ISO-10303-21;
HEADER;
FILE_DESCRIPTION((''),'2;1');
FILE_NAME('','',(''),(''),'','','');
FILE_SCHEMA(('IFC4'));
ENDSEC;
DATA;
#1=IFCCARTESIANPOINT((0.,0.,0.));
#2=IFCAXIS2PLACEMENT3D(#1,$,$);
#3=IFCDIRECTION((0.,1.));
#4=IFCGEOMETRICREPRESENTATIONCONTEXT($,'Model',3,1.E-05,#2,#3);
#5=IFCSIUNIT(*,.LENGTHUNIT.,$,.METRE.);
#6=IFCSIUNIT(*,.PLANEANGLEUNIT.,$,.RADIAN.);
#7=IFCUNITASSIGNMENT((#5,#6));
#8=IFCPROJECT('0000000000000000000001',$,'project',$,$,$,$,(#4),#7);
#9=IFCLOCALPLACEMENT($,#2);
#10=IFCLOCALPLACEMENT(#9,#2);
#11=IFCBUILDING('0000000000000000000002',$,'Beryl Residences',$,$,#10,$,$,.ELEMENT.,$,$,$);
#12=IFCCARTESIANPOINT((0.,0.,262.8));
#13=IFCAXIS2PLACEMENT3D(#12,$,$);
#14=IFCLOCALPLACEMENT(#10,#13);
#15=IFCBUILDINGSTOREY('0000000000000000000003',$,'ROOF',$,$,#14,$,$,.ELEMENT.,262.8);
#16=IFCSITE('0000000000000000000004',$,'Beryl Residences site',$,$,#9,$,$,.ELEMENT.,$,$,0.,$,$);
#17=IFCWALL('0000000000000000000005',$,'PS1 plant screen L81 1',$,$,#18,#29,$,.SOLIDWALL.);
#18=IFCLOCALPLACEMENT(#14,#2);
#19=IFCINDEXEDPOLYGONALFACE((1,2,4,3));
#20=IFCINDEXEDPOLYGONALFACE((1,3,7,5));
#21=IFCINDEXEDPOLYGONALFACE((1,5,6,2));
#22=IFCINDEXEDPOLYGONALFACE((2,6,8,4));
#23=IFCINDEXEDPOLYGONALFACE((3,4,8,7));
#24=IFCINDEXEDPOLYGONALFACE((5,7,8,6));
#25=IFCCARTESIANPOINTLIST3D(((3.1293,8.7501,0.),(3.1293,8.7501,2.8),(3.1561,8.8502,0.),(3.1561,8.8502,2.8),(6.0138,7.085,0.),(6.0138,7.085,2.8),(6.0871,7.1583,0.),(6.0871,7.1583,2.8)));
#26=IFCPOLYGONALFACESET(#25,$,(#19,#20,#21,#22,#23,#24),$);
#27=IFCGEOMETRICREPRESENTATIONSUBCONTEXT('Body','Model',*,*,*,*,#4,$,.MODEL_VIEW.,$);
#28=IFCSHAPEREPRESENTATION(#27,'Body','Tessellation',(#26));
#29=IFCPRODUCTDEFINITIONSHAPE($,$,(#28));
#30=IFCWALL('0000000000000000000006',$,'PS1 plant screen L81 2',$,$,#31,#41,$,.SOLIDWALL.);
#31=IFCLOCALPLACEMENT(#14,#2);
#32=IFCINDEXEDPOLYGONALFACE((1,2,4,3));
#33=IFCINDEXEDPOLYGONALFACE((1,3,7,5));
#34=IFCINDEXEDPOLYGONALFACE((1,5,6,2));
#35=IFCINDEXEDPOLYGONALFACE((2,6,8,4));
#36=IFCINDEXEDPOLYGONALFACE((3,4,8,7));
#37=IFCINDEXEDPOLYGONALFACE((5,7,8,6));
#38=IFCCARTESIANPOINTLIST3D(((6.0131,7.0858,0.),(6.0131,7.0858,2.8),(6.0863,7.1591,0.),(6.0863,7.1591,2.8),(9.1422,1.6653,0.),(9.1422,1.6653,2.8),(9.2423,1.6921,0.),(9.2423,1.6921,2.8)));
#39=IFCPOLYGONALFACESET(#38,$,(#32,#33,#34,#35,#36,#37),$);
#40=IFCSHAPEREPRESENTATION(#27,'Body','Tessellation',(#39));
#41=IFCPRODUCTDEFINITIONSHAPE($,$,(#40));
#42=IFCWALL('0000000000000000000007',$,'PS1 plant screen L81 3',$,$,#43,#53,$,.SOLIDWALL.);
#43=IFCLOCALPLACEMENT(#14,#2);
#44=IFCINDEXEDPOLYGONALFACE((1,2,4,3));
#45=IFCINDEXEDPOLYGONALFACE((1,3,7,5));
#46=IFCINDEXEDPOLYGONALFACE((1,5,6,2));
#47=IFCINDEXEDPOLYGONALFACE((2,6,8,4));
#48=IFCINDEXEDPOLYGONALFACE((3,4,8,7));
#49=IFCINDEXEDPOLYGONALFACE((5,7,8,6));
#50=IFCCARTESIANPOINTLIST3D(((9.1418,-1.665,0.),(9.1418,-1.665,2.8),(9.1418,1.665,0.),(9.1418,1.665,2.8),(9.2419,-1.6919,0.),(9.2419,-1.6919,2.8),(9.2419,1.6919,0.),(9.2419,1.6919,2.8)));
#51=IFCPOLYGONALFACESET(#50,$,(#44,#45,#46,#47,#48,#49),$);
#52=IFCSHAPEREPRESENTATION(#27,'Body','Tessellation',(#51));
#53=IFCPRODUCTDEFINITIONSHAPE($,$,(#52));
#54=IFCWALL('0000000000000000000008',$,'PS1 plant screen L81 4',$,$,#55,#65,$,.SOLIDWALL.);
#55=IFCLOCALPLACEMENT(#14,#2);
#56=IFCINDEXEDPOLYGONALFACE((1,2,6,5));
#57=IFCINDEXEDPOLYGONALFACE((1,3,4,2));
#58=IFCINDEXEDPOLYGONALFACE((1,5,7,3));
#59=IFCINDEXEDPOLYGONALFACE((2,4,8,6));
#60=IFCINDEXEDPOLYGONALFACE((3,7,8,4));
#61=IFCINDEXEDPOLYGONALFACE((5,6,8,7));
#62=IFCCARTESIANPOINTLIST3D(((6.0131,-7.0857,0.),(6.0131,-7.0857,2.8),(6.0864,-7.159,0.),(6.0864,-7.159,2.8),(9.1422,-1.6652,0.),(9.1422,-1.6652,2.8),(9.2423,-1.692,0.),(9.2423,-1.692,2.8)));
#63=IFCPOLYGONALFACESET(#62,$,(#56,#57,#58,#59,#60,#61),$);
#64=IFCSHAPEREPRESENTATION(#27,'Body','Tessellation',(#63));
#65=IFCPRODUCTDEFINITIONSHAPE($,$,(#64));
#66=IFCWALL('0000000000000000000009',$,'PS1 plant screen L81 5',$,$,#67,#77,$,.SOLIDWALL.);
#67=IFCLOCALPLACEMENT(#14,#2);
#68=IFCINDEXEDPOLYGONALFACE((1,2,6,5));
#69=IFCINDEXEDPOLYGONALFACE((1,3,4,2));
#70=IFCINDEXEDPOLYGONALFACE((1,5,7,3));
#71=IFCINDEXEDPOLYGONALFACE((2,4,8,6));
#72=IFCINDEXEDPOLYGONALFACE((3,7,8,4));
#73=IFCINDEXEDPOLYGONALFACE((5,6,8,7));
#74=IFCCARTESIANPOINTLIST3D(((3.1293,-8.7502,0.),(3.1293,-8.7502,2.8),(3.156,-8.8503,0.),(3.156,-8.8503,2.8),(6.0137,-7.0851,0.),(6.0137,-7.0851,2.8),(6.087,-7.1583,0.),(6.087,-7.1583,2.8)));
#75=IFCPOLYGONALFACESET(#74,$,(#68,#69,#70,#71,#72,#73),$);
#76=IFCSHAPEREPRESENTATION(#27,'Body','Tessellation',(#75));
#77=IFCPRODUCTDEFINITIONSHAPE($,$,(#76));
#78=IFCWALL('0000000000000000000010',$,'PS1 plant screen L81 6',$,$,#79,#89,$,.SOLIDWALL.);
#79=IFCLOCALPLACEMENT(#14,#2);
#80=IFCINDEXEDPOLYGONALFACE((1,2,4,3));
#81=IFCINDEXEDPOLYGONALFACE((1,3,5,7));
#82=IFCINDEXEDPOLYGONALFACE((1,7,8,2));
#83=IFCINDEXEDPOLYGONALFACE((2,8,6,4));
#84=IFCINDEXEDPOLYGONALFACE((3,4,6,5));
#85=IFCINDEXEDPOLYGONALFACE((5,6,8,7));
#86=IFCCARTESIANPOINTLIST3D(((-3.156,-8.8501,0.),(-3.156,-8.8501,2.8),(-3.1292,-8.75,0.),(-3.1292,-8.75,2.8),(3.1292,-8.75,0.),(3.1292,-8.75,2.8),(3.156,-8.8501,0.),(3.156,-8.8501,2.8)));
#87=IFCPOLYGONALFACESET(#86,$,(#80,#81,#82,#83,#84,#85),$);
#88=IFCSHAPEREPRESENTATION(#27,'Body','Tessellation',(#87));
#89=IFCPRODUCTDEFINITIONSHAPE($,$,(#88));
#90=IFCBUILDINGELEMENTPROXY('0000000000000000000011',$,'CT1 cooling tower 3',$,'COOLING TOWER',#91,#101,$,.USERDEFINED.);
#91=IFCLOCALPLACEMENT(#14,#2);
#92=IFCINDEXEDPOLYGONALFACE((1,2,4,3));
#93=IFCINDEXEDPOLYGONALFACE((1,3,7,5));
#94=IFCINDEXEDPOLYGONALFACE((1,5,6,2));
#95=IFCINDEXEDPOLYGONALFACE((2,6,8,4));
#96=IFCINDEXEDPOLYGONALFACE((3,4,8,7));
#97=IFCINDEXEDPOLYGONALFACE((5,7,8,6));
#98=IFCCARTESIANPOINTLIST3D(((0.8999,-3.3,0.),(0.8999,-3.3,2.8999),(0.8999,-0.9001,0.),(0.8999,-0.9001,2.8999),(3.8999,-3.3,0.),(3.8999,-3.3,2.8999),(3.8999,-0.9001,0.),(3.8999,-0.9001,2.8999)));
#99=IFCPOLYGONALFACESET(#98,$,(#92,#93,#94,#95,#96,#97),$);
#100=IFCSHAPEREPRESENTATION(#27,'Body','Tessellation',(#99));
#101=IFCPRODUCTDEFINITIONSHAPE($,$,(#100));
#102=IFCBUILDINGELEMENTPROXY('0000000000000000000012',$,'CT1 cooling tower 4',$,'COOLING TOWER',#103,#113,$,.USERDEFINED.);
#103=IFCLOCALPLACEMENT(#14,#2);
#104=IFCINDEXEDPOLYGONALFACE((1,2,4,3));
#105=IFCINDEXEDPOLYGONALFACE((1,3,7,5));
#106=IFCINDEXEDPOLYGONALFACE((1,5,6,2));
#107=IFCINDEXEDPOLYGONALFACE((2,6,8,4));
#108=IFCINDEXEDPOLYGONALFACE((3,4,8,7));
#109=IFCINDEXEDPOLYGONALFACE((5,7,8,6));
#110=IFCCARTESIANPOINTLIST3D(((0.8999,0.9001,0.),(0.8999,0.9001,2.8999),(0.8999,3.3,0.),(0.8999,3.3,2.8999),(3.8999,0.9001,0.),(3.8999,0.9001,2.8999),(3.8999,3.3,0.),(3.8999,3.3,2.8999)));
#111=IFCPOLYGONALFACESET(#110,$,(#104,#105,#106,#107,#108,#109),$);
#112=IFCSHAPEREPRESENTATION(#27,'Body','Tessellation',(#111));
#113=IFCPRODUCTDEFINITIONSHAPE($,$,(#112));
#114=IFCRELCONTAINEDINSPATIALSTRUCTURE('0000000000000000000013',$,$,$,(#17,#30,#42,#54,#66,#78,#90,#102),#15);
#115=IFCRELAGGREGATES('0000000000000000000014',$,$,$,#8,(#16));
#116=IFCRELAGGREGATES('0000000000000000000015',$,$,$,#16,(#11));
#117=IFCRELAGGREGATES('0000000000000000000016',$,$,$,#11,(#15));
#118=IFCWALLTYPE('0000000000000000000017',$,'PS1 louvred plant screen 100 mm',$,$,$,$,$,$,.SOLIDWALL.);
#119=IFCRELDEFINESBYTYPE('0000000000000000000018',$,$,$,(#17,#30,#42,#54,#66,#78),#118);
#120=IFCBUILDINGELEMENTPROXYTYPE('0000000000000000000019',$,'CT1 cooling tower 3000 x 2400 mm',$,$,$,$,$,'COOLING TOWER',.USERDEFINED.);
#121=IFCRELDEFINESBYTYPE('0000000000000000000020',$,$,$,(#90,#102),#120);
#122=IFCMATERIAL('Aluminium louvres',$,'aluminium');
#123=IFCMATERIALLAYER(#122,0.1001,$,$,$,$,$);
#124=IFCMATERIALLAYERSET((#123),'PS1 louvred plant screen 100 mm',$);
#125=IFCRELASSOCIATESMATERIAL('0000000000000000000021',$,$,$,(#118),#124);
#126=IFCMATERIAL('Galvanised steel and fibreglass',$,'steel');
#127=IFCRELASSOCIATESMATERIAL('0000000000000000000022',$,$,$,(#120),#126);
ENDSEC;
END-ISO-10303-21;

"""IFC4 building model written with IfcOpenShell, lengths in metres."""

from ifc_helpers import new_model, si_unit, direction, frame, origin, origin_2d, place, context, subcontext, project, spatial, polyline, rectangle, outline, extrude, material, layer, layer_set, type_object, element, save


model = new_model("IFC4")

# Units and contexts
model_context = context("Model", 3, precision=1e-05, world=origin(), true_north=direction((0.0, 1.0)))
body_context = subcontext(model_context, "Body", "Model", "MODEL_VIEW")
ifc_project = project(units=[si_unit("LENGTHUNIT", "METRE"), si_unit("PLANEANGLEUNIT", "RADIAN")], contexts=[model_context])

# Site, building, storey
site_placement = place(None, origin())
site = spatial("IfcSite", under=ifc_project, at=site_placement, Name="Beryl Residences site", CompositionType="ELEMENT", RefElevation=0.0)
building_placement = place(site_placement, origin())
building = spatial("IfcBuilding", under=site, at=building_placement, Name="Beryl Residences", CompositionType="ELEMENT")
storey_placement = place(building_placement, frame((0.0, 0.0, 262.8)))
storey = spatial("IfcBuildingStorey", under=building, at=storey_placement, Name="ROOF", CompositionType="ELEMENT", Elevation=262.8)

# Walls
ifc_material_1 = material(Name="Aluminium louvres", Category="aluminium")
ifc_layer_1 = layer(ifc_material_1, 0.1001)
ifc_layer_set_1 = layer_set([ifc_layer_1], Name="PS1 louvred plant screen 100 mm")
wall_type_1 = type_object("IfcWallType", Name="PS1 louvred plant screen 100 mm", PredefinedType="SOLIDWALL", material=ifc_layer_set_1)
wall_1_placement = place(storey_placement, frame((3.1311, 8.8069, 0.0), z_axis=(0.0, 0.0, 1.0), x_axis=(0.866059, -0.499941, 0.0)))
element("IfcWall", 1, at=wall_1_placement, inside=storey, type_object=wall_type_1, Name="PS1 plant screen L81 1", PredefinedType="SOLIDWALL", context=body_context, shape_type="SweptSolid", body=[
    extrude(outline(polyline([(0.0269, -0.05), (3.3574, -0.05), (3.3843, 0.05), (0.0, 0.05), (0.0269, -0.05)])), origin(), (0.0, 0.0, 1.0), 2.8),
])
wall_2_placement = place(storey_placement, frame((6.043, 7.134, 0.0), z_axis=(0.0, 0.0, 1.0), x_axis=(0.499953, -0.866052, 0.0)))
element("IfcWall", 2, at=wall_2_placement, inside=storey, type_object=wall_type_1, Name="PS1 plant screen L81 2", PredefinedType="SOLIDWALL", context=body_context, shape_type="SweptSolid", body=[
    extrude(outline(polyline([(0.0269, -0.05), (6.2856, -0.05), (6.3125, 0.05), (0.0, 0.05), (0.0269, -0.05)])), origin(), (0.0, 0.0, 1.0), 2.8),
])
wall_3_placement = place(storey_placement, frame((9.1919, 1.6919, 0.0), z_axis=(0.0, 0.0, 1.0), x_axis=(0.0, -1.0, 0.0)))
element("IfcWall", 3, at=wall_3_placement, inside=storey, type_object=wall_type_1, Name="PS1 plant screen L81 3", PredefinedType="SOLIDWALL", context=body_context, shape_type="SweptSolid", body=[
    extrude(outline(polyline([(0.0269, -0.05), (3.3569, -0.05), (3.3838, 0.05), (0.0, 0.05), (0.0269, -0.05)])), origin(), (0.0, 0.0, 1.0), 2.8),
])
wall_4_placement = place(storey_placement, frame((9.199, -1.667, 0.0), z_axis=(0.0, 0.0, 1.0), x_axis=(-0.499953, -0.866052, 0.0)))
element("IfcWall", 4, at=wall_4_placement, inside=storey, type_object=wall_type_1, Name="PS1 plant screen L81 4", PredefinedType="SOLIDWALL", context=body_context, shape_type="SweptSolid", body=[
    extrude(outline(polyline([(0.0269, -0.05), (6.2856, -0.05), (6.3125, 0.05), (0.0, 0.05), (0.0269, -0.05)])), origin(), (0.0, 0.0, 1.0), 2.8),
])
wall_5_placement = place(storey_placement, frame((6.062, -7.115, 0.0), z_axis=(0.0, 0.0, 1.0), x_axis=(-0.866059, -0.499941, 0.0)))
element("IfcWall", 5, at=wall_5_placement, inside=storey, type_object=wall_type_1, Name="PS1 plant screen L81 5", PredefinedType="SOLIDWALL", context=body_context, shape_type="SweptSolid", body=[
    extrude(outline(polyline([(0.0269, -0.05), (3.3574, -0.05), (3.3843, 0.05), (0.0, 0.05), (0.0269, -0.05)])), origin(), (0.0, 0.0, 1.0), 2.8),
])
wall_6_placement = place(storey_placement, frame((3.156, -8.8, 0.0), z_axis=(0.0, 0.0, 1.0), x_axis=(-1.0, 0.0, 0.0)))
element("IfcWall", 6, at=wall_6_placement, inside=storey, type_object=wall_type_1, Name="PS1 plant screen L81 6", PredefinedType="SOLIDWALL", context=body_context, shape_type="SweptSolid", body=[
    extrude(outline(polyline([(0.0269, -0.05), (6.2852, -0.05), (6.312, 0.05), (0.0, 0.05), (0.0269, -0.05)])), origin(), (0.0, 0.0, 1.0), 2.8),
])

# Building element proxies
ifc_material_2 = material(Name="Galvanised steel and fibreglass", Category="steel")
building_element_proxy_type = type_object("IfcBuildingElementProxyType", Name="CT1 cooling tower 3000 x 2400 mm", ElementType="COOLING TOWER", PredefinedType="USERDEFINED", material=ifc_material_2)
for number, where, z_axis, x_axis, name in (
    (7, (2.3999, -2.1001, 0.0), (0.0, 0.0, 1.0), (1.0, 0.0, 0.0), "CT1 cooling tower 3"),
    (8, (2.3999, 2.1001, 0.0), (0.0, 0.0, 1.0), (1.0, 0.0, 0.0), "CT1 cooling tower 4"),
):
    element("IfcBuildingElementProxy", number, at=place(storey_placement, frame(where, z_axis=z_axis, x_axis=x_axis)), inside=storey, type_object=building_element_proxy_type, Name=name, ObjectType="COOLING TOWER", PredefinedType="USERDEFINED", context=body_context, shape_type="SweptSolid", body=[
        extrude(rectangle(XDim=3.0, YDim=2.3999, at=origin_2d()), origin(), (0.0, 0.0, 1.0), 2.8999),
    ])

save(model, "model.ifc")
